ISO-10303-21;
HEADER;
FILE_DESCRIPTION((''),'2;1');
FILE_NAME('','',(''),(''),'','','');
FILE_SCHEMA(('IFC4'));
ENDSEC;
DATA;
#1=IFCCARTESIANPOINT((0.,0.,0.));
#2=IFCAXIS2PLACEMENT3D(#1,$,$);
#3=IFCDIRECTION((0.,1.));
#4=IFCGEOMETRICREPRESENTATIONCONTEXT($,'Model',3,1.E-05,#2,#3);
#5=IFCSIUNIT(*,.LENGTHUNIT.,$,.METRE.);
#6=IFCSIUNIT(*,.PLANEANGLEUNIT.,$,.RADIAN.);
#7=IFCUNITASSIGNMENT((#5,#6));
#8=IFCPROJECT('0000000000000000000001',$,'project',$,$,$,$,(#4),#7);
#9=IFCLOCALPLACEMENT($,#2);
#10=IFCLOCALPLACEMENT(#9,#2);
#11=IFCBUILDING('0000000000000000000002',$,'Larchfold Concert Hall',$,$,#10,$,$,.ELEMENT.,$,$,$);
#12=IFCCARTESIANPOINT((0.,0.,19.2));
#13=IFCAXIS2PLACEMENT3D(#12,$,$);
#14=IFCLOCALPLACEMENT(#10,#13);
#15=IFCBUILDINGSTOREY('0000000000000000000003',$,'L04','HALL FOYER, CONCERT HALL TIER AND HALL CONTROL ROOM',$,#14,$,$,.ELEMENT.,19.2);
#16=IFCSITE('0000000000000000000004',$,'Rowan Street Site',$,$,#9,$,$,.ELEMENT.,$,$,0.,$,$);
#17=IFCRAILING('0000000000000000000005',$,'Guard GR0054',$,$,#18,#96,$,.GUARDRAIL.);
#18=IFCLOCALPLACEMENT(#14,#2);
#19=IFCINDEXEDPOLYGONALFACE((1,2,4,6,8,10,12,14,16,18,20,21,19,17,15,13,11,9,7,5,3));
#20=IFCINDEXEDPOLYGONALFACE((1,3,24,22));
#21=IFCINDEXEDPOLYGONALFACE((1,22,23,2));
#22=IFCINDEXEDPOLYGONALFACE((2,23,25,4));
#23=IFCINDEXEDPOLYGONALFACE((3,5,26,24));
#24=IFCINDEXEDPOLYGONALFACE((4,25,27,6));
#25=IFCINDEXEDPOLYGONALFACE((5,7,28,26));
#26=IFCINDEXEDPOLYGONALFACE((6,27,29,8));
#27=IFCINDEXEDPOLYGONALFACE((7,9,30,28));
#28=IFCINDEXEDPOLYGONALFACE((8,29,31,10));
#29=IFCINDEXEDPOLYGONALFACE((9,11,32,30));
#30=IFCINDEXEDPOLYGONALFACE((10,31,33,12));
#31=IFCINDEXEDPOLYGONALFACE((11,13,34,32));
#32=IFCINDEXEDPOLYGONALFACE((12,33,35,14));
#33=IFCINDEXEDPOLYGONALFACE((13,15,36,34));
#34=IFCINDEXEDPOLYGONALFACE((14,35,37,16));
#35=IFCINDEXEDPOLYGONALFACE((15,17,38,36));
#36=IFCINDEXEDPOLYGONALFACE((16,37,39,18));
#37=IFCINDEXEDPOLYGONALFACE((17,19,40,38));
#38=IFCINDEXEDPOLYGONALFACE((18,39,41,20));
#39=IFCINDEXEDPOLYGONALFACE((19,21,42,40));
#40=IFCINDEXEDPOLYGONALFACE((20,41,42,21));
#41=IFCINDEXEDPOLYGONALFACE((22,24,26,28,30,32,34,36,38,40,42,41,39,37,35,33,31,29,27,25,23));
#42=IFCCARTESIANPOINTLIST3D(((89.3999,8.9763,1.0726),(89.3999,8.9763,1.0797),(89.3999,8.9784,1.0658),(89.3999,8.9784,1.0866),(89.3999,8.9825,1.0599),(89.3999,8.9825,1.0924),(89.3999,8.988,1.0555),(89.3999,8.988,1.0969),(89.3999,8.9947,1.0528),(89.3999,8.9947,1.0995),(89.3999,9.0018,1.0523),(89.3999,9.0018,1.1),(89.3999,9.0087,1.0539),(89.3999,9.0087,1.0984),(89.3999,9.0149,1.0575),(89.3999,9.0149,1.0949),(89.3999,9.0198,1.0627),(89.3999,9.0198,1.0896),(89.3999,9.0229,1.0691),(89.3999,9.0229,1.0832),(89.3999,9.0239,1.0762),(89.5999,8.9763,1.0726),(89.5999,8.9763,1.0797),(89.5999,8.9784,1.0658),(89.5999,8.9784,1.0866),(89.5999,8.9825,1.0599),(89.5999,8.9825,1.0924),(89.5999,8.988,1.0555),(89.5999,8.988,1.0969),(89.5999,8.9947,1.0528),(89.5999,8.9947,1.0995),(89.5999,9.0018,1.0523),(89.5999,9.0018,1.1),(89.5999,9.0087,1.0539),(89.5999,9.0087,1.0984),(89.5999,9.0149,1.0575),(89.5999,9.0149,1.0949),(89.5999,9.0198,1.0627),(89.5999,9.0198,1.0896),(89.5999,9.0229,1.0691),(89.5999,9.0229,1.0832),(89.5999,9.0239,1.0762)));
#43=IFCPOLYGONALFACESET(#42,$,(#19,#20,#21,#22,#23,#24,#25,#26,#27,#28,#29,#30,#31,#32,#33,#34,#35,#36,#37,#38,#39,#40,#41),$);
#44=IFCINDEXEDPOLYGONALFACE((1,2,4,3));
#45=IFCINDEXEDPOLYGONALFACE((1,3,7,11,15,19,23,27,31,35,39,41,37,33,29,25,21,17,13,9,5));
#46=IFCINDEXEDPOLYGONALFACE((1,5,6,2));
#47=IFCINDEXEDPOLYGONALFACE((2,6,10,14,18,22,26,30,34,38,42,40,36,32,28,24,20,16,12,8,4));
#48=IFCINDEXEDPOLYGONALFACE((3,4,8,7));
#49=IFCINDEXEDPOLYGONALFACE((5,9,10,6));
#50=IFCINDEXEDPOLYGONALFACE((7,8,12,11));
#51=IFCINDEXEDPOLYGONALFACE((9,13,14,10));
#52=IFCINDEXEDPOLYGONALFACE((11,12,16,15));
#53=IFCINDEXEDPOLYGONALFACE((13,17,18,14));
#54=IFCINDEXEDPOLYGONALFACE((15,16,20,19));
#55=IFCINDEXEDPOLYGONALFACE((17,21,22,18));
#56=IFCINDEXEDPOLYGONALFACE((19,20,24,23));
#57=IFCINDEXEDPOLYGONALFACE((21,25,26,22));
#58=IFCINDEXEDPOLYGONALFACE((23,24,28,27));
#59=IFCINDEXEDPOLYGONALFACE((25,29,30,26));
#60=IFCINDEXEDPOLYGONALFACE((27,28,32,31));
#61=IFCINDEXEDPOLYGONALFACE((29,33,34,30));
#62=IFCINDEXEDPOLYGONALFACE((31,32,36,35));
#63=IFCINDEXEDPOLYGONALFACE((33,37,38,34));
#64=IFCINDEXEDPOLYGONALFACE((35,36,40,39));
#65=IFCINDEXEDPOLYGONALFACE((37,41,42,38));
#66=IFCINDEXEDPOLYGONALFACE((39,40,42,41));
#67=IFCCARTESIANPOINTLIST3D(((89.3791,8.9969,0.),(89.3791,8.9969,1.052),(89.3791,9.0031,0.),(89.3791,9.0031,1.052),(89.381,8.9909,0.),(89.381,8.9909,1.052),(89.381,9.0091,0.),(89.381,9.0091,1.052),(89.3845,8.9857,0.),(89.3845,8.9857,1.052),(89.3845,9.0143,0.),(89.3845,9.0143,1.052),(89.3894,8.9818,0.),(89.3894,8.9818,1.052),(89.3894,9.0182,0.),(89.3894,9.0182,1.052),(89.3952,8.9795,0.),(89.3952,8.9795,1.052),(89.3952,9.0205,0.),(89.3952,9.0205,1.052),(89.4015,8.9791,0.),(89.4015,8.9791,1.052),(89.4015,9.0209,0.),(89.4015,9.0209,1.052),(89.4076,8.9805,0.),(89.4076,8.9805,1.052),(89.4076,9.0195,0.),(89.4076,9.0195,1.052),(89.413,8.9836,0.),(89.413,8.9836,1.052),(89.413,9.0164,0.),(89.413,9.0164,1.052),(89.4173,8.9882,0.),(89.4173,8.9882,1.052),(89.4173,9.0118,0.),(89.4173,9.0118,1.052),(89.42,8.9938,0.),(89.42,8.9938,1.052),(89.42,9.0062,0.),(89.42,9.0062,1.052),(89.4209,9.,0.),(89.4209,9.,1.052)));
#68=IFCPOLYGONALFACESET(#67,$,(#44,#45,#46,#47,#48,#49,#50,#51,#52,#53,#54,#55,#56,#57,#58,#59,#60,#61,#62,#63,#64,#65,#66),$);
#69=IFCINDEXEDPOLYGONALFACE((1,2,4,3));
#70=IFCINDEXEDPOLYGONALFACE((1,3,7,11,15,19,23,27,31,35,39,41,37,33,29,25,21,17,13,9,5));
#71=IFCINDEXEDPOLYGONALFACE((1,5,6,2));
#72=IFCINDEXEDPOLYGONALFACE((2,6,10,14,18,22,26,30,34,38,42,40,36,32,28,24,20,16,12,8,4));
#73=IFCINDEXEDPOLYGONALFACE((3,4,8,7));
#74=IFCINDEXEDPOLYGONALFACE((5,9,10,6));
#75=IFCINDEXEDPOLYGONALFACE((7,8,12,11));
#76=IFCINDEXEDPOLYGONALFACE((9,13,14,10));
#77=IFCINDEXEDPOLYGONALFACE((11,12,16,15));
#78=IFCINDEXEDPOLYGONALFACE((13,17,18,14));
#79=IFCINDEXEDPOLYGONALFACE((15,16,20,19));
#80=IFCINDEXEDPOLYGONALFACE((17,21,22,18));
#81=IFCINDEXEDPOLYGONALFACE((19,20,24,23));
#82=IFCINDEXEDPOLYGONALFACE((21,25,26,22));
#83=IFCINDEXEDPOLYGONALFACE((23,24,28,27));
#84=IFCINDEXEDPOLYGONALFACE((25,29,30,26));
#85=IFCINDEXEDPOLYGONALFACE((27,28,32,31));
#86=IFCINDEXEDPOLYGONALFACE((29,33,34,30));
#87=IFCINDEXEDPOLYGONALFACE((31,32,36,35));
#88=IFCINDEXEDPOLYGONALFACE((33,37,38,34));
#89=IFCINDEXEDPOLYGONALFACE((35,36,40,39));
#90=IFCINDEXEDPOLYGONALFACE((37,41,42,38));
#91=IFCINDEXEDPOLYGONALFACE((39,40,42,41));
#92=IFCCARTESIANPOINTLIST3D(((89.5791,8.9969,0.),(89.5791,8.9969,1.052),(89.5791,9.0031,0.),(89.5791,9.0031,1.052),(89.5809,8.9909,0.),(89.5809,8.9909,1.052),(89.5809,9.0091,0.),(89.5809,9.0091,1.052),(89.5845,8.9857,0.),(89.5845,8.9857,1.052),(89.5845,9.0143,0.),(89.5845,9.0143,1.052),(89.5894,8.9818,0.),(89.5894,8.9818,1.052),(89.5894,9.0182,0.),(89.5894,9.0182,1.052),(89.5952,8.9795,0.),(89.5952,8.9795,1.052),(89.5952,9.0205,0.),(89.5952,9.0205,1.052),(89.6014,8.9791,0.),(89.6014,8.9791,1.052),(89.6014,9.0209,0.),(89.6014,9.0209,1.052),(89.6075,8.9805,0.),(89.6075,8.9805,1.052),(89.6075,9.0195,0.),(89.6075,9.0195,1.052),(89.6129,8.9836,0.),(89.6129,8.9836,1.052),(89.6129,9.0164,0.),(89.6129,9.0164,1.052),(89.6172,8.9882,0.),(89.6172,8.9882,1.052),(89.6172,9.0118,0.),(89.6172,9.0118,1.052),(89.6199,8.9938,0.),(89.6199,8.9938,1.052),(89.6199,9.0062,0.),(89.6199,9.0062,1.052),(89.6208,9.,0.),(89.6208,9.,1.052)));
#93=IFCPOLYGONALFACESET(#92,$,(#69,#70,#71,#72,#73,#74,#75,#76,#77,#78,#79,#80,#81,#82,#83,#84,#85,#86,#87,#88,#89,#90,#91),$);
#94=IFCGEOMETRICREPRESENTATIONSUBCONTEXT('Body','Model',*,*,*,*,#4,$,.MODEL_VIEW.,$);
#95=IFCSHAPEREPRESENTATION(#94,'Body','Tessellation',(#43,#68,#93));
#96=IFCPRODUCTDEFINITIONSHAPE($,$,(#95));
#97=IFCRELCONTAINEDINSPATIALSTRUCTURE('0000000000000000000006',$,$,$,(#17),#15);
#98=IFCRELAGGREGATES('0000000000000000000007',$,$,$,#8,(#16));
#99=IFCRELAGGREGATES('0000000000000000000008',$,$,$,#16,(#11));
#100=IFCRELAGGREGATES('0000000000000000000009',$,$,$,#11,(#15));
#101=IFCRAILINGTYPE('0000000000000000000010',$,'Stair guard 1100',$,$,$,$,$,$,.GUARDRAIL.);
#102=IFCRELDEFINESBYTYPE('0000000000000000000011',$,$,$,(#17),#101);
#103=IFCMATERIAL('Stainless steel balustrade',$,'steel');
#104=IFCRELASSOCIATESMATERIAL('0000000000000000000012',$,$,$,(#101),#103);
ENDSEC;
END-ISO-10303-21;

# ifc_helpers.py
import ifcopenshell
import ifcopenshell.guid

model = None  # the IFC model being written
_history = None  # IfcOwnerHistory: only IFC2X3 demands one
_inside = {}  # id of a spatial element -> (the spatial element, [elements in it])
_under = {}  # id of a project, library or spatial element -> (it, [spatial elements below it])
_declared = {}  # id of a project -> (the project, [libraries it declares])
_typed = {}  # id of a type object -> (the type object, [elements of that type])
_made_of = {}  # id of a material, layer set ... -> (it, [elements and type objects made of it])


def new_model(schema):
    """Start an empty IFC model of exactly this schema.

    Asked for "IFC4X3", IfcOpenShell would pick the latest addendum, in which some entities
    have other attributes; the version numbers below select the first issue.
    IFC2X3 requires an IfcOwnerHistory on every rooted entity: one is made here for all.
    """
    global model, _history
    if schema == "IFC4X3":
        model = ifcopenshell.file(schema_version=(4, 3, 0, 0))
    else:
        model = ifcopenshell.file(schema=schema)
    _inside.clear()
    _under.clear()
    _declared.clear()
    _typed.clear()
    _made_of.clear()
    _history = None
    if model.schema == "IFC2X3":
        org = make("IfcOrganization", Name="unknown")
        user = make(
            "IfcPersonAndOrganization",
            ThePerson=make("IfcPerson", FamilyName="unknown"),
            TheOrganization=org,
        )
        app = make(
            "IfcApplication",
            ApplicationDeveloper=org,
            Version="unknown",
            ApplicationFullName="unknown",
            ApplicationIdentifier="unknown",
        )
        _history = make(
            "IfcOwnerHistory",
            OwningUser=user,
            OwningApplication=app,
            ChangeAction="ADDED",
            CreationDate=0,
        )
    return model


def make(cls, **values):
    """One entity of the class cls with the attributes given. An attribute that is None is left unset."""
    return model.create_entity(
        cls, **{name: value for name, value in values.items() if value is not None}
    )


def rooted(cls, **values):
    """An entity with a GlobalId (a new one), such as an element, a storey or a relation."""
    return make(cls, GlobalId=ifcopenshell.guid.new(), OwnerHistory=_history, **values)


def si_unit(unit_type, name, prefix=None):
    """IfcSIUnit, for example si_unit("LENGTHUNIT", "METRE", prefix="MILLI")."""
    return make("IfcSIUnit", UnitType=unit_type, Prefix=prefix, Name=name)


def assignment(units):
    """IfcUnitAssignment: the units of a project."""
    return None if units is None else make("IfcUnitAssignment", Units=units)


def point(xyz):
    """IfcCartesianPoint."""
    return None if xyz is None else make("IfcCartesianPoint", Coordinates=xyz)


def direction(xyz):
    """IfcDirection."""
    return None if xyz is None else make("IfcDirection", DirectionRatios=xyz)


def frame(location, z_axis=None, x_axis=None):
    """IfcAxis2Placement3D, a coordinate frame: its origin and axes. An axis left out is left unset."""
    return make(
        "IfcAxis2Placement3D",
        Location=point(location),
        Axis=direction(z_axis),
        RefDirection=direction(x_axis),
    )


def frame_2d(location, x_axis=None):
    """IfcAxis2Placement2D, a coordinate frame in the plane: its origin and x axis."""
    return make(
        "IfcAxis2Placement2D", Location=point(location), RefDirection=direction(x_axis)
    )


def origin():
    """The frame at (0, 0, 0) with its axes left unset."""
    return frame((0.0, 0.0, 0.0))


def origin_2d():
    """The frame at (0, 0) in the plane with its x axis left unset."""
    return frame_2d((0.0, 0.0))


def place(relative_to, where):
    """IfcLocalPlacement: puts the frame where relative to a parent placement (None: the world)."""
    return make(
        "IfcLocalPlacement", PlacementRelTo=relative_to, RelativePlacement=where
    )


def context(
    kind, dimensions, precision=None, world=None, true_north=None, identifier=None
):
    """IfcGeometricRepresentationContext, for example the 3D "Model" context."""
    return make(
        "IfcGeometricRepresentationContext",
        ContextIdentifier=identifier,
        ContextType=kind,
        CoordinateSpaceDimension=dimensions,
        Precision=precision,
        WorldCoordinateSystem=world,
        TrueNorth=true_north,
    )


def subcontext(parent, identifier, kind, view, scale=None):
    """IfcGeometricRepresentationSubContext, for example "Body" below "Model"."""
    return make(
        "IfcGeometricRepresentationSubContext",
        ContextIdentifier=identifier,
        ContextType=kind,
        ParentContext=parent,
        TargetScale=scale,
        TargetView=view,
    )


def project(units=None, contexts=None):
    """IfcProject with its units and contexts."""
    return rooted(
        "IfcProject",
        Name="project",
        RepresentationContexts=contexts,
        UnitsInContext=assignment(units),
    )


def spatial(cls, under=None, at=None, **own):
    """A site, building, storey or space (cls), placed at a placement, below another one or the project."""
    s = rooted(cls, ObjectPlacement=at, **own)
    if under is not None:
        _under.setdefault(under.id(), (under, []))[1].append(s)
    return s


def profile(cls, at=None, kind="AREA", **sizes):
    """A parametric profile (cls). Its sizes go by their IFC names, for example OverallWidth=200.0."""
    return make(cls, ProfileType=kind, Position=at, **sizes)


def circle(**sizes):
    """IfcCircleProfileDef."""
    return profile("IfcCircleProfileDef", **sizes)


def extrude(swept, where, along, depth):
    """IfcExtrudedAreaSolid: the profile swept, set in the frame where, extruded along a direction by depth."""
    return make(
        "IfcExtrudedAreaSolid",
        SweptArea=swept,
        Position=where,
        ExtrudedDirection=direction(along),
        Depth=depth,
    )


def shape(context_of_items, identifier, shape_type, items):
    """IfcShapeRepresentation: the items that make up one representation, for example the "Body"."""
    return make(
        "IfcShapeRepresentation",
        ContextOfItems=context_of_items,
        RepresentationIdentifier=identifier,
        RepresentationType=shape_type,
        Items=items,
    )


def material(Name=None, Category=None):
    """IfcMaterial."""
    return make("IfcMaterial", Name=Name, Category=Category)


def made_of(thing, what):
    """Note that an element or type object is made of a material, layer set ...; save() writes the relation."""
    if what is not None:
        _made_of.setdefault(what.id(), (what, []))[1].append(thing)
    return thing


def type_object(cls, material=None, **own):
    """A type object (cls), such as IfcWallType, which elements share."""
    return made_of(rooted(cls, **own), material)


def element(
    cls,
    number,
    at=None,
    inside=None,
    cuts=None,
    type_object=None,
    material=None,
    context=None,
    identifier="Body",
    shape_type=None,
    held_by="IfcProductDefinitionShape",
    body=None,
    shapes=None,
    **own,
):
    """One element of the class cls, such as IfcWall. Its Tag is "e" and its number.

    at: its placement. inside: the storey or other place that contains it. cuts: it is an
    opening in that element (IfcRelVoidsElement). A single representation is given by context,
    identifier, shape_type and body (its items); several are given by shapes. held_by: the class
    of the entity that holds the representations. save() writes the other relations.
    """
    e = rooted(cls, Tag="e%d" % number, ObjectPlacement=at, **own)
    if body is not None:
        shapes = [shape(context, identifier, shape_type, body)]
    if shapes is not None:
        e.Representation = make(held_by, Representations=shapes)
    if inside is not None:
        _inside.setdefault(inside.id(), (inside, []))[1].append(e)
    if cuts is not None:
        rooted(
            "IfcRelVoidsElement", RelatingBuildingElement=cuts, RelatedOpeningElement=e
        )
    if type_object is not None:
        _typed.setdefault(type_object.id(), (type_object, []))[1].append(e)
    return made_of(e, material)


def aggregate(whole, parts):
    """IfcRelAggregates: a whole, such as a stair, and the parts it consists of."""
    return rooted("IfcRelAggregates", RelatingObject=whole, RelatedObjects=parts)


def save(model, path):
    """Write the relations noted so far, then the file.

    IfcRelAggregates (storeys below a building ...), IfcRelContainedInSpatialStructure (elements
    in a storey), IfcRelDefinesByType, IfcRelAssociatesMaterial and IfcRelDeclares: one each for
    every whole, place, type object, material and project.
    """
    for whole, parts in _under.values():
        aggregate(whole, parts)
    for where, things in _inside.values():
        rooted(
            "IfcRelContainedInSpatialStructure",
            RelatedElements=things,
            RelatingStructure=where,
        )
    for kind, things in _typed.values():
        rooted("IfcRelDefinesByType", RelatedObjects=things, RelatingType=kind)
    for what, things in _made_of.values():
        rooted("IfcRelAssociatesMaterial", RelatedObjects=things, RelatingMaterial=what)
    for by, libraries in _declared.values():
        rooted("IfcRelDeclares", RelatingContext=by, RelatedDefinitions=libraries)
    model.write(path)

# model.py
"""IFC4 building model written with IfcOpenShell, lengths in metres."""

from ifc_helpers import new_model, si_unit, direction, frame, origin, origin_2d, place, context, subcontext, project, spatial, circle, extrude, material, type_object, element, save


model = new_model("IFC4")

# Units and contexts
model_context = context("Model", 3, precision=1e-05, world=origin(), true_north=direction((0.0, 1.0)))
body_context = subcontext(model_context, "Body", "Model", "MODEL_VIEW")
ifc_project = project(units=[si_unit("LENGTHUNIT", "METRE"), si_unit("PLANEANGLEUNIT", "RADIAN")], contexts=[model_context])

# Site, building, storey
site_placement = place(None, origin())
site = spatial("IfcSite", under=ifc_project, at=site_placement, Name="Rowan Street Site", CompositionType="ELEMENT", RefElevation=0.0)
building_placement = place(site_placement, origin())
building = spatial("IfcBuilding", under=site, at=building_placement, Name="Larchfold Concert Hall", CompositionType="ELEMENT")
storey_placement = place(building_placement, frame((0.0, 0.0, 19.2)))
storey = spatial("IfcBuildingStorey", under=building, at=storey_placement, Name="L04", Description="HALL FOYER, CONCERT HALL TIER AND HALL CONTROL ROOM", CompositionType="ELEMENT", Elevation=19.2)

# Railing
ifc_material_1 = material(Name="Stainless steel balustrade", Category="steel")
railing_type_1 = type_object("IfcRailingType", Name="Stair guard 1100", PredefinedType="GUARDRAIL", material=ifc_material_1)
railing_1_placement = place(storey_placement, frame((89.3999, 9.0, 0.0)))
element("IfcRailing", 1, at=railing_1_placement, inside=storey, type_object=railing_type_1, Name="Guard GR0054", PredefinedType="GUARDRAIL", context=body_context, shape_type="SweptSolid", body=[
    extrude(circle(Radius=0.0239, at=origin_2d()), frame((0.0, 0.0, 1.0762), z_axis=(1.0, 0.0, 0.0), x_axis=(0.0, 1.0, 0.0)), (0.0, 0.0, 1.0), 0.2),
    extrude(circle(Radius=0.021, at=origin_2d()), origin(), (0.0, 0.0, 1.0), 1.052),
    extrude(circle(Radius=0.021, at=origin_2d()), frame((0.2, 0.0, 0.0)), (0.0, 0.0, 1.0), 1.052),
])

save(model, "model.ifc")
